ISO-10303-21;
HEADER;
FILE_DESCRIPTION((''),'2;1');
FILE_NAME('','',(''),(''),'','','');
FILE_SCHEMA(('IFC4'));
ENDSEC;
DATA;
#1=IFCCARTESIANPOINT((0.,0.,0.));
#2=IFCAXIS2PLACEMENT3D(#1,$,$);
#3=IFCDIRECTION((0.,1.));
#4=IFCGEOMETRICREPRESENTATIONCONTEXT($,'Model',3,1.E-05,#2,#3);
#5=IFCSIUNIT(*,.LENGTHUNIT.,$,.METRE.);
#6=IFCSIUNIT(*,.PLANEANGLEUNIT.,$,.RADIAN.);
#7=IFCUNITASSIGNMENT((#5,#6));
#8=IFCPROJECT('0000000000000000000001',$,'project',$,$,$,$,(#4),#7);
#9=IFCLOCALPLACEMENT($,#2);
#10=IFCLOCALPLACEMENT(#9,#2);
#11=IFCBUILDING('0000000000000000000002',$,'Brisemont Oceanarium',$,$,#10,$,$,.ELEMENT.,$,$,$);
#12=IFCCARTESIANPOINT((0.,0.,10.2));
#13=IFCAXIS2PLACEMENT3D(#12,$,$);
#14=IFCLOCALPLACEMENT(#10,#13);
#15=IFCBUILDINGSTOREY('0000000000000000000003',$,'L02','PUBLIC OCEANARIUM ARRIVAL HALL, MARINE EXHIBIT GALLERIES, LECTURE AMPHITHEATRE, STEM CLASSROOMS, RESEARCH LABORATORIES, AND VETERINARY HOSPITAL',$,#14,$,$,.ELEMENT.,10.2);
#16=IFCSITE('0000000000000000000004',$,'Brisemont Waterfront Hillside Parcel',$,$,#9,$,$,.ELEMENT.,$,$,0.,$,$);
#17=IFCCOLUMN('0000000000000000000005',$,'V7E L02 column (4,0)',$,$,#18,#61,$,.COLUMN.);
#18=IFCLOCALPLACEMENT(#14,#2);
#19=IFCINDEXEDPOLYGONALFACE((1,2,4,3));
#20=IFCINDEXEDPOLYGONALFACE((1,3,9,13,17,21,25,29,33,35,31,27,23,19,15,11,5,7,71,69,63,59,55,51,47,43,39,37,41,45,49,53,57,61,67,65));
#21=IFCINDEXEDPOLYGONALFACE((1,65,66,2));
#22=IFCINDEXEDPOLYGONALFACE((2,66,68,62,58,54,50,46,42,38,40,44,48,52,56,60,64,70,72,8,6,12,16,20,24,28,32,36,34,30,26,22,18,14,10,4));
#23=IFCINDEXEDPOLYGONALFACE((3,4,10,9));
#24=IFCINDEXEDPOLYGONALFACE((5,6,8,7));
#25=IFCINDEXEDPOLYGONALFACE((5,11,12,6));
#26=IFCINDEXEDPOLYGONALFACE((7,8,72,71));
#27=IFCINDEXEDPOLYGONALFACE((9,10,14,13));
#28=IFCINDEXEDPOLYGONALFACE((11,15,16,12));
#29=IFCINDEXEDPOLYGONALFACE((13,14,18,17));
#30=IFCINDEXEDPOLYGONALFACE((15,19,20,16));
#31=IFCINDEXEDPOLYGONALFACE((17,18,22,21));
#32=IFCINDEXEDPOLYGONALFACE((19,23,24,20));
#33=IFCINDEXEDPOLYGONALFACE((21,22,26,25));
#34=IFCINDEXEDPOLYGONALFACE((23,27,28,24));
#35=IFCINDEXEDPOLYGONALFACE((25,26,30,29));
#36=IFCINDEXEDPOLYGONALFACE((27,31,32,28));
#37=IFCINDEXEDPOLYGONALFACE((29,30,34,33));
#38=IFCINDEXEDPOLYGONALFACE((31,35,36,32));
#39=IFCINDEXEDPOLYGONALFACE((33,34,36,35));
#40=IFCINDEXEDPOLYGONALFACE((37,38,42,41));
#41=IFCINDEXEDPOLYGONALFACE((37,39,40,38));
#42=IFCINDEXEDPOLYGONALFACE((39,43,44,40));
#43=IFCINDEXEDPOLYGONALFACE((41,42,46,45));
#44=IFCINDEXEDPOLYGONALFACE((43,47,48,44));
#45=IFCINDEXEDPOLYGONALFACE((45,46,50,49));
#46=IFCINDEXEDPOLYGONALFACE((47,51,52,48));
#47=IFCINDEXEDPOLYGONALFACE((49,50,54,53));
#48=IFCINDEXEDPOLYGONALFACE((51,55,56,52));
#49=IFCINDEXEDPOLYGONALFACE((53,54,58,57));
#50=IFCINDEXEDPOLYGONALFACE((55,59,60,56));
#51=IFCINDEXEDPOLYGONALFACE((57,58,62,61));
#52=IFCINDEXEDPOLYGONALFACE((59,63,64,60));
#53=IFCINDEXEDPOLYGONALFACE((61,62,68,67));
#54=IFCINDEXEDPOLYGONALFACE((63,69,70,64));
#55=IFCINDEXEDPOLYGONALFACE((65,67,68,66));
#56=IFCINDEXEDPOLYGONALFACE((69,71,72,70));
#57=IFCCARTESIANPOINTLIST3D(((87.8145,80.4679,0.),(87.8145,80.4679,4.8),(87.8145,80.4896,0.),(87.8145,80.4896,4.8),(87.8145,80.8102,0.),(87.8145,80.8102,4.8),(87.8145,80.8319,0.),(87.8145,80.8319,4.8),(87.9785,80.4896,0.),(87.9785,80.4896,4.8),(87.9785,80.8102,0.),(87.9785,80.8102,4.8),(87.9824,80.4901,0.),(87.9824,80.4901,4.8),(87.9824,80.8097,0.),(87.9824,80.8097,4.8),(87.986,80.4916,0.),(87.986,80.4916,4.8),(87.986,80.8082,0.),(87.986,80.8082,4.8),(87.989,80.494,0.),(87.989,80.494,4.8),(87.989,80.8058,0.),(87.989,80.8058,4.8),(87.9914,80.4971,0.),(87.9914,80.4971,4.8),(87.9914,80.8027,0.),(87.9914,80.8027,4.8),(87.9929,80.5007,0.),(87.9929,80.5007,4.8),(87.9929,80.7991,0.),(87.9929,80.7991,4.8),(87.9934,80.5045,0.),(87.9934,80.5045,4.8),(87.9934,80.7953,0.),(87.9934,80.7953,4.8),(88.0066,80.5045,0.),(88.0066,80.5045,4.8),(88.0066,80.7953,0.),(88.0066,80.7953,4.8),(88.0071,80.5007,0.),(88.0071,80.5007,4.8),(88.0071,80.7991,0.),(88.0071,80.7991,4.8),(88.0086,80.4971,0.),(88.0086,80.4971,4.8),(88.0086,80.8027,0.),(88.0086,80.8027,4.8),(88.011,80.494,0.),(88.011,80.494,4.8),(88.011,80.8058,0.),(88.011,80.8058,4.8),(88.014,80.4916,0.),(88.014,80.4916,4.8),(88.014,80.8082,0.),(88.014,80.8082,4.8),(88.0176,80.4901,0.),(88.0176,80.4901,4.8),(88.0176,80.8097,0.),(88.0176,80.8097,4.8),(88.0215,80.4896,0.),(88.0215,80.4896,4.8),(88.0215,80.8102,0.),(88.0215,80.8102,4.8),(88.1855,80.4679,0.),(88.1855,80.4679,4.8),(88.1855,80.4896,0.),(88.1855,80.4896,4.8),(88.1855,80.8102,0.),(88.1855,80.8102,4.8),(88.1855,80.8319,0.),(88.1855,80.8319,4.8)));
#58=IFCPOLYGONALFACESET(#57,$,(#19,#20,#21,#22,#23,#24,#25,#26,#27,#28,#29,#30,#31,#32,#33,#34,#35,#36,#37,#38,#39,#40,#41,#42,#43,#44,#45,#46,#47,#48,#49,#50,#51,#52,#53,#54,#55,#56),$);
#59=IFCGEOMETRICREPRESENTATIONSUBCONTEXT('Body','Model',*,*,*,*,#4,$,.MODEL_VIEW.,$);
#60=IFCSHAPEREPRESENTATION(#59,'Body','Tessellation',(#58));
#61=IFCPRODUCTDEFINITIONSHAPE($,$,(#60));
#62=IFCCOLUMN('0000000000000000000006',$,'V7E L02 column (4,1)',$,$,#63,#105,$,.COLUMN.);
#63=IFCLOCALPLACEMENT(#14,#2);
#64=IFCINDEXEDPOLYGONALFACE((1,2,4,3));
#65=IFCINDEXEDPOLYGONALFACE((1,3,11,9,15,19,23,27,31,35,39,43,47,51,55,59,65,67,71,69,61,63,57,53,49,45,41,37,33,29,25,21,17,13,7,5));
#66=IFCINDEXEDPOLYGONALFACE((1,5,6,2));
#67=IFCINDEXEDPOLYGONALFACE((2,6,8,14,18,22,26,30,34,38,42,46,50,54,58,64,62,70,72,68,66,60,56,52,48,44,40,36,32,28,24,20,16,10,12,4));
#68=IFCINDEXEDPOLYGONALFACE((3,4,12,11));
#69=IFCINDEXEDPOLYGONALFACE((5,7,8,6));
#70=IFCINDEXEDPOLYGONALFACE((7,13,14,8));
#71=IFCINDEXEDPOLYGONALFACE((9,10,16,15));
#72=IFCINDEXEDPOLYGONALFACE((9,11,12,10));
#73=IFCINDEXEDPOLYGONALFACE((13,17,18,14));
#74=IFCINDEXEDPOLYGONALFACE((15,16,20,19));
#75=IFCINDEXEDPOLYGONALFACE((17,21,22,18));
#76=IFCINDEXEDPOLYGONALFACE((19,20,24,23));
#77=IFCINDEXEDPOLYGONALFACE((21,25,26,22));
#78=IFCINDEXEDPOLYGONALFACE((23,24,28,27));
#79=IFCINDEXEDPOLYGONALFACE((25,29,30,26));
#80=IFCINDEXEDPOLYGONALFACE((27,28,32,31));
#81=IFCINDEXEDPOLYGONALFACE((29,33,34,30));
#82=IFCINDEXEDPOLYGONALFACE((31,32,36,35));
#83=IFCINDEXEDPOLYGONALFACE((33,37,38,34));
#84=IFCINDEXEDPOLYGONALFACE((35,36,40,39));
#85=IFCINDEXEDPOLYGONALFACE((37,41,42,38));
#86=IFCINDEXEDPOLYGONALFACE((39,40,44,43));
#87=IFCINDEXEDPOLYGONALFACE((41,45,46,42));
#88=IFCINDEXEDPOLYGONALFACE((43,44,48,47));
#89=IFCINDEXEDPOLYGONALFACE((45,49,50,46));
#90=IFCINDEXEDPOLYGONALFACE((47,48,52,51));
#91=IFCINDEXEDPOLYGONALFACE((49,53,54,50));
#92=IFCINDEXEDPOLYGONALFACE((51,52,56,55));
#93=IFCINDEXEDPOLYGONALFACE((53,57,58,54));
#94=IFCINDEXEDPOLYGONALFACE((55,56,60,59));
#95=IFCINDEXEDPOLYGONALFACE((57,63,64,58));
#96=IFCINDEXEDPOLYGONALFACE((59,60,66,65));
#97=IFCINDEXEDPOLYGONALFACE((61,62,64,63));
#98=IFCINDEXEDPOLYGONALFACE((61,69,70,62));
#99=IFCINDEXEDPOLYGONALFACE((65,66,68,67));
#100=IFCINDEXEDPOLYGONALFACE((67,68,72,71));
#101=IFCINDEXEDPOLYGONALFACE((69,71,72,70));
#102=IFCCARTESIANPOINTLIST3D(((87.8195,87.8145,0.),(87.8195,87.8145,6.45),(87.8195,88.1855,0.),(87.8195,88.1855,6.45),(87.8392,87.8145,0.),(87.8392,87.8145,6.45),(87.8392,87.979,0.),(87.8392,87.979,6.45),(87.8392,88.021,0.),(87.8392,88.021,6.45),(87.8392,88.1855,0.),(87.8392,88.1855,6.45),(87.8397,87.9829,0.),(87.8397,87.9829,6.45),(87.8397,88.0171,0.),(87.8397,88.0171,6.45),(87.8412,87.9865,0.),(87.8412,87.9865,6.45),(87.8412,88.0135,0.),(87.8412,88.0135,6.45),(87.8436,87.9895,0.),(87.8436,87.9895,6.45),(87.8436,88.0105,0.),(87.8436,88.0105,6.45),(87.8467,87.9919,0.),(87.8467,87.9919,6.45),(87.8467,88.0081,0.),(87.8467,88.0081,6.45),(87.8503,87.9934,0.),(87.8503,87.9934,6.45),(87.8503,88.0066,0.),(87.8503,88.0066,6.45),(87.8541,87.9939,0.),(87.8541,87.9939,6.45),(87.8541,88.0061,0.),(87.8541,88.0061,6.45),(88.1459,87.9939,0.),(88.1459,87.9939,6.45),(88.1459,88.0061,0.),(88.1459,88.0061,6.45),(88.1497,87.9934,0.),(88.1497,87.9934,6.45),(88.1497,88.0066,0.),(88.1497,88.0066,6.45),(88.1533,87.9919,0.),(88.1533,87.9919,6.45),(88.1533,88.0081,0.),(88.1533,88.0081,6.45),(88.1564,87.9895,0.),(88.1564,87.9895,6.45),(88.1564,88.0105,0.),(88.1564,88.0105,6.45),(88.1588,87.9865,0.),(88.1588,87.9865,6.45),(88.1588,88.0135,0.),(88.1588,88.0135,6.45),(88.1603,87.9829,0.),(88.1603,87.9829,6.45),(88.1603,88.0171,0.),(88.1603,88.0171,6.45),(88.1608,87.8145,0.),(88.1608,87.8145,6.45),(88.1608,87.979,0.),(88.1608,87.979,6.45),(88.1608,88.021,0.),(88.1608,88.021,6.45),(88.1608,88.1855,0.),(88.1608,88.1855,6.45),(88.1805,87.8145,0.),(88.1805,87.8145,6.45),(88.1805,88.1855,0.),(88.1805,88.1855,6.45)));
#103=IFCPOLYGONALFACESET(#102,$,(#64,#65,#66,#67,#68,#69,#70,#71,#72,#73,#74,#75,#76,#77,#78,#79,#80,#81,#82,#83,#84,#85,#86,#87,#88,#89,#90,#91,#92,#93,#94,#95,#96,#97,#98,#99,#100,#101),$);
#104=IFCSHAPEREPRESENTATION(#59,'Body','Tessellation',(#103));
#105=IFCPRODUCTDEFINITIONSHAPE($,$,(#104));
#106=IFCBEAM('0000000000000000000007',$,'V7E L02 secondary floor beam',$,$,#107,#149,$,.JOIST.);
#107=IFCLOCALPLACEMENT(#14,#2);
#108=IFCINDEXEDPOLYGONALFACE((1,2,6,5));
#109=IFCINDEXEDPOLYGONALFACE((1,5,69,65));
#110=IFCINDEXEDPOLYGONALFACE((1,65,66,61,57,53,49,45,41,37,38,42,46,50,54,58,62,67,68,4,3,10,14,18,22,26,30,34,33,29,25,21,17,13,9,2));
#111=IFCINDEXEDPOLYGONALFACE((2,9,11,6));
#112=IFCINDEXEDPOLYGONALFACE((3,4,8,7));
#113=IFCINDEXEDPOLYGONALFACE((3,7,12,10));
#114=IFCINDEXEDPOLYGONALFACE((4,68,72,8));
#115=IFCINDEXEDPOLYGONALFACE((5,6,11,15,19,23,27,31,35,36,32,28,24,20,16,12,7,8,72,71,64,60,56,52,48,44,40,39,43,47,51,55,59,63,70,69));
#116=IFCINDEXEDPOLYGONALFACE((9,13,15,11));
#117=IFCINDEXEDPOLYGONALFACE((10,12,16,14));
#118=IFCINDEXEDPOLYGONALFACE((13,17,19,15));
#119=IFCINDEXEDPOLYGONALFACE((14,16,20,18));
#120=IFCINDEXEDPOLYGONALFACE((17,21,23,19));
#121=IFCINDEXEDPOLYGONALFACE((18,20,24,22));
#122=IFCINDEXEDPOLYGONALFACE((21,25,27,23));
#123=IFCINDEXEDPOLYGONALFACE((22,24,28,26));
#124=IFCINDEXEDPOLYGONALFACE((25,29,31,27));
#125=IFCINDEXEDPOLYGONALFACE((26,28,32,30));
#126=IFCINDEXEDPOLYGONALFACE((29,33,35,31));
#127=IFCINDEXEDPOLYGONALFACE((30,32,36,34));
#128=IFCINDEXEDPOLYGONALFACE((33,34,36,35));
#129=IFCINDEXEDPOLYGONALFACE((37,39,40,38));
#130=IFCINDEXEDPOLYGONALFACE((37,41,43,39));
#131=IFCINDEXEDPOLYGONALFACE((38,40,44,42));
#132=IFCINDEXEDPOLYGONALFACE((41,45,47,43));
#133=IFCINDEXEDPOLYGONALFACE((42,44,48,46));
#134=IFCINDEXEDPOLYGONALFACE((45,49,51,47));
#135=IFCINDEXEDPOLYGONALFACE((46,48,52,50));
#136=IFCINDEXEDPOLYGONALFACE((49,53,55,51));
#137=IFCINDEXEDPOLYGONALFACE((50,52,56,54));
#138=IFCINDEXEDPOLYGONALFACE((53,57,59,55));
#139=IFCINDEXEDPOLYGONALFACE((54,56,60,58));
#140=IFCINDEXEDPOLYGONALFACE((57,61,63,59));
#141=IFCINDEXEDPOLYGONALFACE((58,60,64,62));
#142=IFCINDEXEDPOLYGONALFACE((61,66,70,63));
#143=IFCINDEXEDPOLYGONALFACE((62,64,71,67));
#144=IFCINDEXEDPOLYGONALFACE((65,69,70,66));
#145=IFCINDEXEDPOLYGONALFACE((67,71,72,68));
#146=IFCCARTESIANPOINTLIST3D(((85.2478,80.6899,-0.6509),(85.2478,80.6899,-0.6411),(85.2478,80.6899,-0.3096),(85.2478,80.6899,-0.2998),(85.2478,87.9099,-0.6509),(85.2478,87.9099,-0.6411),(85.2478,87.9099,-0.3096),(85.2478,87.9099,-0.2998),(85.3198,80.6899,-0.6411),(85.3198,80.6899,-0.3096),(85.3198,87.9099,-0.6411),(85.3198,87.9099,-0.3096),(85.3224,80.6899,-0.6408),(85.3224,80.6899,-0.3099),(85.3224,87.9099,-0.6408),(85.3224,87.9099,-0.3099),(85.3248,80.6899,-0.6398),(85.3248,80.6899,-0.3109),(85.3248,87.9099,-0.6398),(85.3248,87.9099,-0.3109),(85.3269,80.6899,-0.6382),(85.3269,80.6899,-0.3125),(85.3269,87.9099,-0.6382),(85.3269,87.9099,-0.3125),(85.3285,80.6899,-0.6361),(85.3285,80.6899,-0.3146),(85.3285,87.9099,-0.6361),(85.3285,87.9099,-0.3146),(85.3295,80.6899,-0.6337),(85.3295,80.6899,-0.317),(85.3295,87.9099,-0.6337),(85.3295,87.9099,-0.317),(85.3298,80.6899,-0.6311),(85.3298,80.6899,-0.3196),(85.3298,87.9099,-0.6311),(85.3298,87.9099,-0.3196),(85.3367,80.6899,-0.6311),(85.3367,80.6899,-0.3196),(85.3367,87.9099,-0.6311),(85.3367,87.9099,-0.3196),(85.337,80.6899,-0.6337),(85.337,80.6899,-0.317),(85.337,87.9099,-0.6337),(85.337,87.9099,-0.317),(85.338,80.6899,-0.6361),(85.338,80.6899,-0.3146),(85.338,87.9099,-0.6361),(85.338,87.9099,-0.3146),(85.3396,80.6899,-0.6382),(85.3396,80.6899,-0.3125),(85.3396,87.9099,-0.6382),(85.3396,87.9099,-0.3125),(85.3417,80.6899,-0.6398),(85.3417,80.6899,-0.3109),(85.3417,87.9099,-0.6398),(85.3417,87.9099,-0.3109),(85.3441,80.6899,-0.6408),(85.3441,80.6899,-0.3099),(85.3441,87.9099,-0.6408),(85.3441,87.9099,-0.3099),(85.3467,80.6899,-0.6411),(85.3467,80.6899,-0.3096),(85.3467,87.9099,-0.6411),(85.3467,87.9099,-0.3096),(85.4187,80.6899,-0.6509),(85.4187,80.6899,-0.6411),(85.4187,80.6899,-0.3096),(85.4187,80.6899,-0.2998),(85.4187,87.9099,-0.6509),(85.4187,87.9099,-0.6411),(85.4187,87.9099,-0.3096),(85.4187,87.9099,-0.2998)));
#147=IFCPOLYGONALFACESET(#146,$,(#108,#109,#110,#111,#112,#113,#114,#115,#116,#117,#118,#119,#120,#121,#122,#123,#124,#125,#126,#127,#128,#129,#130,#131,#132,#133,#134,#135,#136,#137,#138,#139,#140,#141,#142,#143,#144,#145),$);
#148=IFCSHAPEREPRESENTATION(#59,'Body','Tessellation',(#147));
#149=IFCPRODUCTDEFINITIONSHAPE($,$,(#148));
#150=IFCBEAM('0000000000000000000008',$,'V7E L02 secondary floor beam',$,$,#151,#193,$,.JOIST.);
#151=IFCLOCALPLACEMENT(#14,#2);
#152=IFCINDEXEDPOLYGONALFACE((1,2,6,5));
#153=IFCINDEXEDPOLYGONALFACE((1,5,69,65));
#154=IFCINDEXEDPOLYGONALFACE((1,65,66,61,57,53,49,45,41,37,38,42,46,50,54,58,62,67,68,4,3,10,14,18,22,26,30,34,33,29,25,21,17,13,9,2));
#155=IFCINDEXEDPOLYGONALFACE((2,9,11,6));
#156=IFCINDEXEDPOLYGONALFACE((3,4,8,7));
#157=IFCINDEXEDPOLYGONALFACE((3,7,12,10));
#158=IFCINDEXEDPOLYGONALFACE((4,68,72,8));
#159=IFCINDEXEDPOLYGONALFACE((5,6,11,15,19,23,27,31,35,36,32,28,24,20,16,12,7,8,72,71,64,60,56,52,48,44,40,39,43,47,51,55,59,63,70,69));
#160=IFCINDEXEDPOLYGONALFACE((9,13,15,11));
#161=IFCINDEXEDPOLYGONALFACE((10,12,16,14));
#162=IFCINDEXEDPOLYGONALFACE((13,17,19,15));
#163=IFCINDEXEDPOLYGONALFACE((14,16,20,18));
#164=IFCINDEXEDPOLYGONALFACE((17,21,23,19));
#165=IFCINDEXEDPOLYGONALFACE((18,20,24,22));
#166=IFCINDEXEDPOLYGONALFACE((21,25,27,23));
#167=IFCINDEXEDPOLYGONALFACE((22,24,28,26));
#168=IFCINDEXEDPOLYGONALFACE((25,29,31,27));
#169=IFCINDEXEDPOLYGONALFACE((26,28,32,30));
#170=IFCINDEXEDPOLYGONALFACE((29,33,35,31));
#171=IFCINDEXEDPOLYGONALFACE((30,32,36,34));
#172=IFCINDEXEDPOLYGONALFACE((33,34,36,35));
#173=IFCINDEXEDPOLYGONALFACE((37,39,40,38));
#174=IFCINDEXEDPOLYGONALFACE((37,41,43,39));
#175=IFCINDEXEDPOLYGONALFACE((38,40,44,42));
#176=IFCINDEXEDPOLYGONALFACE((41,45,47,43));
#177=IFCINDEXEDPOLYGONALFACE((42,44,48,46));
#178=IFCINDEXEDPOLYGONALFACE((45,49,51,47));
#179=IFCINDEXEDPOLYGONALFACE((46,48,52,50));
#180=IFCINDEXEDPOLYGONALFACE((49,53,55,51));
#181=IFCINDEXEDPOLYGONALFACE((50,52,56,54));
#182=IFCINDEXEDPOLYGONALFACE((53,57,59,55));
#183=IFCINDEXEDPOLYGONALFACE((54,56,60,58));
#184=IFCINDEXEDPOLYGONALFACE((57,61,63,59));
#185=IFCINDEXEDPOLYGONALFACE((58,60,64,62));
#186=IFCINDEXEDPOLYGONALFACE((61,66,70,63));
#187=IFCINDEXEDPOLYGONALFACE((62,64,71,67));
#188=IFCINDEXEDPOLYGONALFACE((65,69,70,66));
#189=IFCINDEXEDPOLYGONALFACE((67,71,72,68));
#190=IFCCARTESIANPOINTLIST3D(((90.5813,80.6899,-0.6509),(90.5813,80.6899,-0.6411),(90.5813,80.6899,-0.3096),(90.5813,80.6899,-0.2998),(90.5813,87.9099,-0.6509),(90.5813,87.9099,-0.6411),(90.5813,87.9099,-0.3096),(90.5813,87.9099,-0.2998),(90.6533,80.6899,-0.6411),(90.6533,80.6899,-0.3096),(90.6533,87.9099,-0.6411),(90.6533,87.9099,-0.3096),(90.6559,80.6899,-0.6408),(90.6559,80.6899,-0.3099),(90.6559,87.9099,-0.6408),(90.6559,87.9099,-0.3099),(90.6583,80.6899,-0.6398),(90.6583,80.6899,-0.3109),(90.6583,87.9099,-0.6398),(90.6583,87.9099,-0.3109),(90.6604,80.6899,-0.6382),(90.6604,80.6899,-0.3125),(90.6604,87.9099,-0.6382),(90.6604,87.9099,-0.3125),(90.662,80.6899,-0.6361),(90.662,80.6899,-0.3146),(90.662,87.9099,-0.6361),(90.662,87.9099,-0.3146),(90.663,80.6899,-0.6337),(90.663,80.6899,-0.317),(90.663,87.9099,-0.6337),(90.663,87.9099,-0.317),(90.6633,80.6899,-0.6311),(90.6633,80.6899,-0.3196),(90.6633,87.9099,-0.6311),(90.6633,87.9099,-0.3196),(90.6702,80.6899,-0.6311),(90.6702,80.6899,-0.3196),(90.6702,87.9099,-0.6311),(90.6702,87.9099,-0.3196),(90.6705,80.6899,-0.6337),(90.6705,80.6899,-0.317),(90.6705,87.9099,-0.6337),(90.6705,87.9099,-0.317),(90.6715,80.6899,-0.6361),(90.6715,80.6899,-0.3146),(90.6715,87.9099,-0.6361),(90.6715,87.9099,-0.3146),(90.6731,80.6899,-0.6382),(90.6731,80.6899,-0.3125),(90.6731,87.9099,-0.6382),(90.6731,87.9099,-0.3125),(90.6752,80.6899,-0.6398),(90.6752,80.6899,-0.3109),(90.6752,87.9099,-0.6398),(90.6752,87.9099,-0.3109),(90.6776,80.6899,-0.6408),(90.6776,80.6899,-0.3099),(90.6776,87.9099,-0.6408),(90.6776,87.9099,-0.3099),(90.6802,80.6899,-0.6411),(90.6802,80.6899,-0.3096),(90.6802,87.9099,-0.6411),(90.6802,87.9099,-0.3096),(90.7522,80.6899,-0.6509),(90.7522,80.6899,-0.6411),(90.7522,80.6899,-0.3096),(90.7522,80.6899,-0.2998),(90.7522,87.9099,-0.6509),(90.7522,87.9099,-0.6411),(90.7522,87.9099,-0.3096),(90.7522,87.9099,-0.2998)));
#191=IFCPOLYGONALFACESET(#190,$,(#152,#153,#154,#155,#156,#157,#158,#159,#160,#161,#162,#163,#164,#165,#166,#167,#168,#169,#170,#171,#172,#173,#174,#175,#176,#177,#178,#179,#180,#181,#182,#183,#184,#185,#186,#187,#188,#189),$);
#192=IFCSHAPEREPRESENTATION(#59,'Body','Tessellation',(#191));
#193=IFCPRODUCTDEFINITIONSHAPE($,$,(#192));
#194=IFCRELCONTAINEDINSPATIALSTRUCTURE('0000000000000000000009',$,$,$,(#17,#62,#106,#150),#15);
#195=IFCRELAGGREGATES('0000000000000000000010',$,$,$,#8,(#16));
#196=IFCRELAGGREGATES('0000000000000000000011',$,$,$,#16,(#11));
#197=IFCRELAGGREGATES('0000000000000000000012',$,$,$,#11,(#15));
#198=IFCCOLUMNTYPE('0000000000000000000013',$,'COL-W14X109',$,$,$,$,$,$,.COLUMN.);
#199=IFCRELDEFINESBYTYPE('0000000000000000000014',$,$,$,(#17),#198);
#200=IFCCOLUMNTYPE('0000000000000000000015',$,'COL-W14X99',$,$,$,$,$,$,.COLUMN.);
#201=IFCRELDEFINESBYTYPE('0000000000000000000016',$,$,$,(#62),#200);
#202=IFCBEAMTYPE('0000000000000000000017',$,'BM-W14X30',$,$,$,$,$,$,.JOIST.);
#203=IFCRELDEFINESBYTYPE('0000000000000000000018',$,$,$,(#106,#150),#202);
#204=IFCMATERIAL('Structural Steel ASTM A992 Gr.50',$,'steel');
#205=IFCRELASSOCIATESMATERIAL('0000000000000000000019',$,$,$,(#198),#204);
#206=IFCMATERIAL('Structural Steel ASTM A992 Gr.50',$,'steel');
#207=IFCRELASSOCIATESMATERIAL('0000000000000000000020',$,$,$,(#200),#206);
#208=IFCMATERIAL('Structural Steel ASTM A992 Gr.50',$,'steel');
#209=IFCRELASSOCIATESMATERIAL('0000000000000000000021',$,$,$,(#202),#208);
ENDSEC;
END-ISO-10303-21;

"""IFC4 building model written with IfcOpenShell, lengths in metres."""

from ifc_helpers import new_model, si_unit, direction, frame, origin, origin_2d, place, context, subcontext, project, spatial, i_section, extrude, material, material_profile, profile_set, type_object, element, save


model = new_model("IFC4")

# Units and contexts
model_context = context("Model", 3, precision=1e-05, world=origin(), true_north=direction((0.0, 1.0)))
body_context = subcontext(model_context, "Body", "Model", "MODEL_VIEW")
ifc_project = project(units=[si_unit("LENGTHUNIT", "METRE"), si_unit("PLANEANGLEUNIT", "RADIAN")], contexts=[model_context])

# Site, building, storey
site_placement = place(None, origin())
site = spatial("IfcSite", under=ifc_project, at=site_placement, Name="Brisemont Waterfront Hillside Parcel", CompositionType="ELEMENT", RefElevation=0.0)
building_placement = place(site_placement, origin())
building = spatial("IfcBuilding", under=site, at=building_placement, Name="Brisemont Oceanarium", CompositionType="ELEMENT")
storey_placement = place(building_placement, frame((0.0, 0.0, 10.2)))
storey = spatial("IfcBuildingStorey", under=building, at=storey_placement, Name="L02", Description="PUBLIC OCEANARIUM ARRIVAL HALL, MARINE EXHIBIT GALLERIES, LECTURE AMPHITHEATRE, STEM CLASSROOMS, RESEARCH LABORATORIES, AND VETERINARY HOSPITAL", CompositionType="ELEMENT", Elevation=10.2)

# Columns
ifc_material_1 = material(Name="Structural Steel ASTM A992 Gr.50", Category="steel")
ifc_material_profile_1 = material_profile(ifc_material_1, i_section(OverallWidth=0.3711, OverallDepth=0.364, WebThickness=0.0132, FlangeThickness=0.0217, FilletRadius=0.0149, at=origin_2d()), Name="W14X109")
ifc_profile_set_1 = profile_set([ifc_material_profile_1], Name="Structural Steel ASTM A992 Gr.50")
column_type_1 = type_object("IfcColumnType", Name="COL-W14X109", PredefinedType="COLUMN", material=ifc_profile_set_1)
column_1_placement = place(storey_placement, frame((88.0, 80.6499, 0.0), z_axis=(0.0, 0.0, 1.0), x_axis=(1.0, 0.0, 0.0)))
element("IfcColumn", 1, at=column_1_placement, inside=storey, type_object=column_type_1, Name="V7E L02 column (4,0)", PredefinedType="COLUMN", context=body_context, shape_type="SweptSolid", body=[
    extrude(i_section(OverallWidth=0.3711, OverallDepth=0.364, WebThickness=0.0132, FlangeThickness=0.0217, FilletRadius=0.0149, at=origin_2d()), origin(), (0.0, 0.0, 1.0), 4.8),
])
ifc_material_2 = material(Name="Structural Steel ASTM A992 Gr.50", Category="steel")
ifc_material_profile_2 = material_profile(ifc_material_2, i_section(OverallWidth=0.3711, OverallDepth=0.3611, WebThickness=0.0122, FlangeThickness=0.0198, FilletRadius=0.0149, at=origin_2d()), Name="W14X99")
ifc_profile_set_2 = profile_set([ifc_material_profile_2], Name="Structural Steel ASTM A992 Gr.50")
column_type_2 = type_object("IfcColumnType", Name="COL-W14X99", PredefinedType="COLUMN", material=ifc_profile_set_2)
column_2_placement = place(storey_placement, frame((88.0, 88.0, 0.0), z_axis=(0.0, 0.0, 1.0), x_axis=(0.0, 1.0, 0.0)))
element("IfcColumn", 2, at=column_2_placement, inside=storey, type_object=column_type_2, Name="V7E L02 column (4,1)", PredefinedType="COLUMN", context=body_context, shape_type="SweptSolid", body=[
    extrude(i_section(OverallWidth=0.3711, OverallDepth=0.3611, WebThickness=0.0122, FlangeThickness=0.0198, FilletRadius=0.0149, at=origin_2d()), origin(), (0.0, 0.0, 1.0), 6.45),
])

# Beams
ifc_material_3 = material(Name="Structural Steel ASTM A992 Gr.50", Category="steel")
ifc_material_profile_3 = material_profile(ifc_material_3, i_section(OverallWidth=0.1709, OverallDepth=0.3511, WebThickness=0.0068, FlangeThickness=0.0098, FilletRadius=0.01, at=origin_2d()), Name="W14X30")
ifc_profile_set_3 = profile_set([ifc_material_profile_3], Name="Structural Steel ASTM A992 Gr.50")
beam_type_1 = type_object("IfcBeamType", Name="BM-W14X30", PredefinedType="JOIST", material=ifc_profile_set_3)
for number, where, z_axis, x_axis, name in (
    (3, (85.3333, 80.6899, -0.4753), (0.0, 1.0, 0.0), (-1.0, 0.0, 0.0), "V7E L02 secondary floor beam"),
    (4, (90.6667, 80.6899, -0.4753), (0.0, 1.0, 0.0), (-1.0, 0.0, 0.0), "V7E L02 secondary floor beam"),
):
    element("IfcBeam", number, at=place(storey_placement, frame(where, z_axis=z_axis, x_axis=x_axis)), inside=storey, type_object=beam_type_1, Name=name, PredefinedType="JOIST", context=body_context, shape_type="SweptSolid", body=[
        extrude(i_section(OverallWidth=0.1709, OverallDepth=0.3511, WebThickness=0.0068, FlangeThickness=0.0098, FilletRadius=0.01, at=origin_2d()), origin(), (0.0, 0.0, 1.0), 7.22),
    ])

save(model, "model.ifc")
